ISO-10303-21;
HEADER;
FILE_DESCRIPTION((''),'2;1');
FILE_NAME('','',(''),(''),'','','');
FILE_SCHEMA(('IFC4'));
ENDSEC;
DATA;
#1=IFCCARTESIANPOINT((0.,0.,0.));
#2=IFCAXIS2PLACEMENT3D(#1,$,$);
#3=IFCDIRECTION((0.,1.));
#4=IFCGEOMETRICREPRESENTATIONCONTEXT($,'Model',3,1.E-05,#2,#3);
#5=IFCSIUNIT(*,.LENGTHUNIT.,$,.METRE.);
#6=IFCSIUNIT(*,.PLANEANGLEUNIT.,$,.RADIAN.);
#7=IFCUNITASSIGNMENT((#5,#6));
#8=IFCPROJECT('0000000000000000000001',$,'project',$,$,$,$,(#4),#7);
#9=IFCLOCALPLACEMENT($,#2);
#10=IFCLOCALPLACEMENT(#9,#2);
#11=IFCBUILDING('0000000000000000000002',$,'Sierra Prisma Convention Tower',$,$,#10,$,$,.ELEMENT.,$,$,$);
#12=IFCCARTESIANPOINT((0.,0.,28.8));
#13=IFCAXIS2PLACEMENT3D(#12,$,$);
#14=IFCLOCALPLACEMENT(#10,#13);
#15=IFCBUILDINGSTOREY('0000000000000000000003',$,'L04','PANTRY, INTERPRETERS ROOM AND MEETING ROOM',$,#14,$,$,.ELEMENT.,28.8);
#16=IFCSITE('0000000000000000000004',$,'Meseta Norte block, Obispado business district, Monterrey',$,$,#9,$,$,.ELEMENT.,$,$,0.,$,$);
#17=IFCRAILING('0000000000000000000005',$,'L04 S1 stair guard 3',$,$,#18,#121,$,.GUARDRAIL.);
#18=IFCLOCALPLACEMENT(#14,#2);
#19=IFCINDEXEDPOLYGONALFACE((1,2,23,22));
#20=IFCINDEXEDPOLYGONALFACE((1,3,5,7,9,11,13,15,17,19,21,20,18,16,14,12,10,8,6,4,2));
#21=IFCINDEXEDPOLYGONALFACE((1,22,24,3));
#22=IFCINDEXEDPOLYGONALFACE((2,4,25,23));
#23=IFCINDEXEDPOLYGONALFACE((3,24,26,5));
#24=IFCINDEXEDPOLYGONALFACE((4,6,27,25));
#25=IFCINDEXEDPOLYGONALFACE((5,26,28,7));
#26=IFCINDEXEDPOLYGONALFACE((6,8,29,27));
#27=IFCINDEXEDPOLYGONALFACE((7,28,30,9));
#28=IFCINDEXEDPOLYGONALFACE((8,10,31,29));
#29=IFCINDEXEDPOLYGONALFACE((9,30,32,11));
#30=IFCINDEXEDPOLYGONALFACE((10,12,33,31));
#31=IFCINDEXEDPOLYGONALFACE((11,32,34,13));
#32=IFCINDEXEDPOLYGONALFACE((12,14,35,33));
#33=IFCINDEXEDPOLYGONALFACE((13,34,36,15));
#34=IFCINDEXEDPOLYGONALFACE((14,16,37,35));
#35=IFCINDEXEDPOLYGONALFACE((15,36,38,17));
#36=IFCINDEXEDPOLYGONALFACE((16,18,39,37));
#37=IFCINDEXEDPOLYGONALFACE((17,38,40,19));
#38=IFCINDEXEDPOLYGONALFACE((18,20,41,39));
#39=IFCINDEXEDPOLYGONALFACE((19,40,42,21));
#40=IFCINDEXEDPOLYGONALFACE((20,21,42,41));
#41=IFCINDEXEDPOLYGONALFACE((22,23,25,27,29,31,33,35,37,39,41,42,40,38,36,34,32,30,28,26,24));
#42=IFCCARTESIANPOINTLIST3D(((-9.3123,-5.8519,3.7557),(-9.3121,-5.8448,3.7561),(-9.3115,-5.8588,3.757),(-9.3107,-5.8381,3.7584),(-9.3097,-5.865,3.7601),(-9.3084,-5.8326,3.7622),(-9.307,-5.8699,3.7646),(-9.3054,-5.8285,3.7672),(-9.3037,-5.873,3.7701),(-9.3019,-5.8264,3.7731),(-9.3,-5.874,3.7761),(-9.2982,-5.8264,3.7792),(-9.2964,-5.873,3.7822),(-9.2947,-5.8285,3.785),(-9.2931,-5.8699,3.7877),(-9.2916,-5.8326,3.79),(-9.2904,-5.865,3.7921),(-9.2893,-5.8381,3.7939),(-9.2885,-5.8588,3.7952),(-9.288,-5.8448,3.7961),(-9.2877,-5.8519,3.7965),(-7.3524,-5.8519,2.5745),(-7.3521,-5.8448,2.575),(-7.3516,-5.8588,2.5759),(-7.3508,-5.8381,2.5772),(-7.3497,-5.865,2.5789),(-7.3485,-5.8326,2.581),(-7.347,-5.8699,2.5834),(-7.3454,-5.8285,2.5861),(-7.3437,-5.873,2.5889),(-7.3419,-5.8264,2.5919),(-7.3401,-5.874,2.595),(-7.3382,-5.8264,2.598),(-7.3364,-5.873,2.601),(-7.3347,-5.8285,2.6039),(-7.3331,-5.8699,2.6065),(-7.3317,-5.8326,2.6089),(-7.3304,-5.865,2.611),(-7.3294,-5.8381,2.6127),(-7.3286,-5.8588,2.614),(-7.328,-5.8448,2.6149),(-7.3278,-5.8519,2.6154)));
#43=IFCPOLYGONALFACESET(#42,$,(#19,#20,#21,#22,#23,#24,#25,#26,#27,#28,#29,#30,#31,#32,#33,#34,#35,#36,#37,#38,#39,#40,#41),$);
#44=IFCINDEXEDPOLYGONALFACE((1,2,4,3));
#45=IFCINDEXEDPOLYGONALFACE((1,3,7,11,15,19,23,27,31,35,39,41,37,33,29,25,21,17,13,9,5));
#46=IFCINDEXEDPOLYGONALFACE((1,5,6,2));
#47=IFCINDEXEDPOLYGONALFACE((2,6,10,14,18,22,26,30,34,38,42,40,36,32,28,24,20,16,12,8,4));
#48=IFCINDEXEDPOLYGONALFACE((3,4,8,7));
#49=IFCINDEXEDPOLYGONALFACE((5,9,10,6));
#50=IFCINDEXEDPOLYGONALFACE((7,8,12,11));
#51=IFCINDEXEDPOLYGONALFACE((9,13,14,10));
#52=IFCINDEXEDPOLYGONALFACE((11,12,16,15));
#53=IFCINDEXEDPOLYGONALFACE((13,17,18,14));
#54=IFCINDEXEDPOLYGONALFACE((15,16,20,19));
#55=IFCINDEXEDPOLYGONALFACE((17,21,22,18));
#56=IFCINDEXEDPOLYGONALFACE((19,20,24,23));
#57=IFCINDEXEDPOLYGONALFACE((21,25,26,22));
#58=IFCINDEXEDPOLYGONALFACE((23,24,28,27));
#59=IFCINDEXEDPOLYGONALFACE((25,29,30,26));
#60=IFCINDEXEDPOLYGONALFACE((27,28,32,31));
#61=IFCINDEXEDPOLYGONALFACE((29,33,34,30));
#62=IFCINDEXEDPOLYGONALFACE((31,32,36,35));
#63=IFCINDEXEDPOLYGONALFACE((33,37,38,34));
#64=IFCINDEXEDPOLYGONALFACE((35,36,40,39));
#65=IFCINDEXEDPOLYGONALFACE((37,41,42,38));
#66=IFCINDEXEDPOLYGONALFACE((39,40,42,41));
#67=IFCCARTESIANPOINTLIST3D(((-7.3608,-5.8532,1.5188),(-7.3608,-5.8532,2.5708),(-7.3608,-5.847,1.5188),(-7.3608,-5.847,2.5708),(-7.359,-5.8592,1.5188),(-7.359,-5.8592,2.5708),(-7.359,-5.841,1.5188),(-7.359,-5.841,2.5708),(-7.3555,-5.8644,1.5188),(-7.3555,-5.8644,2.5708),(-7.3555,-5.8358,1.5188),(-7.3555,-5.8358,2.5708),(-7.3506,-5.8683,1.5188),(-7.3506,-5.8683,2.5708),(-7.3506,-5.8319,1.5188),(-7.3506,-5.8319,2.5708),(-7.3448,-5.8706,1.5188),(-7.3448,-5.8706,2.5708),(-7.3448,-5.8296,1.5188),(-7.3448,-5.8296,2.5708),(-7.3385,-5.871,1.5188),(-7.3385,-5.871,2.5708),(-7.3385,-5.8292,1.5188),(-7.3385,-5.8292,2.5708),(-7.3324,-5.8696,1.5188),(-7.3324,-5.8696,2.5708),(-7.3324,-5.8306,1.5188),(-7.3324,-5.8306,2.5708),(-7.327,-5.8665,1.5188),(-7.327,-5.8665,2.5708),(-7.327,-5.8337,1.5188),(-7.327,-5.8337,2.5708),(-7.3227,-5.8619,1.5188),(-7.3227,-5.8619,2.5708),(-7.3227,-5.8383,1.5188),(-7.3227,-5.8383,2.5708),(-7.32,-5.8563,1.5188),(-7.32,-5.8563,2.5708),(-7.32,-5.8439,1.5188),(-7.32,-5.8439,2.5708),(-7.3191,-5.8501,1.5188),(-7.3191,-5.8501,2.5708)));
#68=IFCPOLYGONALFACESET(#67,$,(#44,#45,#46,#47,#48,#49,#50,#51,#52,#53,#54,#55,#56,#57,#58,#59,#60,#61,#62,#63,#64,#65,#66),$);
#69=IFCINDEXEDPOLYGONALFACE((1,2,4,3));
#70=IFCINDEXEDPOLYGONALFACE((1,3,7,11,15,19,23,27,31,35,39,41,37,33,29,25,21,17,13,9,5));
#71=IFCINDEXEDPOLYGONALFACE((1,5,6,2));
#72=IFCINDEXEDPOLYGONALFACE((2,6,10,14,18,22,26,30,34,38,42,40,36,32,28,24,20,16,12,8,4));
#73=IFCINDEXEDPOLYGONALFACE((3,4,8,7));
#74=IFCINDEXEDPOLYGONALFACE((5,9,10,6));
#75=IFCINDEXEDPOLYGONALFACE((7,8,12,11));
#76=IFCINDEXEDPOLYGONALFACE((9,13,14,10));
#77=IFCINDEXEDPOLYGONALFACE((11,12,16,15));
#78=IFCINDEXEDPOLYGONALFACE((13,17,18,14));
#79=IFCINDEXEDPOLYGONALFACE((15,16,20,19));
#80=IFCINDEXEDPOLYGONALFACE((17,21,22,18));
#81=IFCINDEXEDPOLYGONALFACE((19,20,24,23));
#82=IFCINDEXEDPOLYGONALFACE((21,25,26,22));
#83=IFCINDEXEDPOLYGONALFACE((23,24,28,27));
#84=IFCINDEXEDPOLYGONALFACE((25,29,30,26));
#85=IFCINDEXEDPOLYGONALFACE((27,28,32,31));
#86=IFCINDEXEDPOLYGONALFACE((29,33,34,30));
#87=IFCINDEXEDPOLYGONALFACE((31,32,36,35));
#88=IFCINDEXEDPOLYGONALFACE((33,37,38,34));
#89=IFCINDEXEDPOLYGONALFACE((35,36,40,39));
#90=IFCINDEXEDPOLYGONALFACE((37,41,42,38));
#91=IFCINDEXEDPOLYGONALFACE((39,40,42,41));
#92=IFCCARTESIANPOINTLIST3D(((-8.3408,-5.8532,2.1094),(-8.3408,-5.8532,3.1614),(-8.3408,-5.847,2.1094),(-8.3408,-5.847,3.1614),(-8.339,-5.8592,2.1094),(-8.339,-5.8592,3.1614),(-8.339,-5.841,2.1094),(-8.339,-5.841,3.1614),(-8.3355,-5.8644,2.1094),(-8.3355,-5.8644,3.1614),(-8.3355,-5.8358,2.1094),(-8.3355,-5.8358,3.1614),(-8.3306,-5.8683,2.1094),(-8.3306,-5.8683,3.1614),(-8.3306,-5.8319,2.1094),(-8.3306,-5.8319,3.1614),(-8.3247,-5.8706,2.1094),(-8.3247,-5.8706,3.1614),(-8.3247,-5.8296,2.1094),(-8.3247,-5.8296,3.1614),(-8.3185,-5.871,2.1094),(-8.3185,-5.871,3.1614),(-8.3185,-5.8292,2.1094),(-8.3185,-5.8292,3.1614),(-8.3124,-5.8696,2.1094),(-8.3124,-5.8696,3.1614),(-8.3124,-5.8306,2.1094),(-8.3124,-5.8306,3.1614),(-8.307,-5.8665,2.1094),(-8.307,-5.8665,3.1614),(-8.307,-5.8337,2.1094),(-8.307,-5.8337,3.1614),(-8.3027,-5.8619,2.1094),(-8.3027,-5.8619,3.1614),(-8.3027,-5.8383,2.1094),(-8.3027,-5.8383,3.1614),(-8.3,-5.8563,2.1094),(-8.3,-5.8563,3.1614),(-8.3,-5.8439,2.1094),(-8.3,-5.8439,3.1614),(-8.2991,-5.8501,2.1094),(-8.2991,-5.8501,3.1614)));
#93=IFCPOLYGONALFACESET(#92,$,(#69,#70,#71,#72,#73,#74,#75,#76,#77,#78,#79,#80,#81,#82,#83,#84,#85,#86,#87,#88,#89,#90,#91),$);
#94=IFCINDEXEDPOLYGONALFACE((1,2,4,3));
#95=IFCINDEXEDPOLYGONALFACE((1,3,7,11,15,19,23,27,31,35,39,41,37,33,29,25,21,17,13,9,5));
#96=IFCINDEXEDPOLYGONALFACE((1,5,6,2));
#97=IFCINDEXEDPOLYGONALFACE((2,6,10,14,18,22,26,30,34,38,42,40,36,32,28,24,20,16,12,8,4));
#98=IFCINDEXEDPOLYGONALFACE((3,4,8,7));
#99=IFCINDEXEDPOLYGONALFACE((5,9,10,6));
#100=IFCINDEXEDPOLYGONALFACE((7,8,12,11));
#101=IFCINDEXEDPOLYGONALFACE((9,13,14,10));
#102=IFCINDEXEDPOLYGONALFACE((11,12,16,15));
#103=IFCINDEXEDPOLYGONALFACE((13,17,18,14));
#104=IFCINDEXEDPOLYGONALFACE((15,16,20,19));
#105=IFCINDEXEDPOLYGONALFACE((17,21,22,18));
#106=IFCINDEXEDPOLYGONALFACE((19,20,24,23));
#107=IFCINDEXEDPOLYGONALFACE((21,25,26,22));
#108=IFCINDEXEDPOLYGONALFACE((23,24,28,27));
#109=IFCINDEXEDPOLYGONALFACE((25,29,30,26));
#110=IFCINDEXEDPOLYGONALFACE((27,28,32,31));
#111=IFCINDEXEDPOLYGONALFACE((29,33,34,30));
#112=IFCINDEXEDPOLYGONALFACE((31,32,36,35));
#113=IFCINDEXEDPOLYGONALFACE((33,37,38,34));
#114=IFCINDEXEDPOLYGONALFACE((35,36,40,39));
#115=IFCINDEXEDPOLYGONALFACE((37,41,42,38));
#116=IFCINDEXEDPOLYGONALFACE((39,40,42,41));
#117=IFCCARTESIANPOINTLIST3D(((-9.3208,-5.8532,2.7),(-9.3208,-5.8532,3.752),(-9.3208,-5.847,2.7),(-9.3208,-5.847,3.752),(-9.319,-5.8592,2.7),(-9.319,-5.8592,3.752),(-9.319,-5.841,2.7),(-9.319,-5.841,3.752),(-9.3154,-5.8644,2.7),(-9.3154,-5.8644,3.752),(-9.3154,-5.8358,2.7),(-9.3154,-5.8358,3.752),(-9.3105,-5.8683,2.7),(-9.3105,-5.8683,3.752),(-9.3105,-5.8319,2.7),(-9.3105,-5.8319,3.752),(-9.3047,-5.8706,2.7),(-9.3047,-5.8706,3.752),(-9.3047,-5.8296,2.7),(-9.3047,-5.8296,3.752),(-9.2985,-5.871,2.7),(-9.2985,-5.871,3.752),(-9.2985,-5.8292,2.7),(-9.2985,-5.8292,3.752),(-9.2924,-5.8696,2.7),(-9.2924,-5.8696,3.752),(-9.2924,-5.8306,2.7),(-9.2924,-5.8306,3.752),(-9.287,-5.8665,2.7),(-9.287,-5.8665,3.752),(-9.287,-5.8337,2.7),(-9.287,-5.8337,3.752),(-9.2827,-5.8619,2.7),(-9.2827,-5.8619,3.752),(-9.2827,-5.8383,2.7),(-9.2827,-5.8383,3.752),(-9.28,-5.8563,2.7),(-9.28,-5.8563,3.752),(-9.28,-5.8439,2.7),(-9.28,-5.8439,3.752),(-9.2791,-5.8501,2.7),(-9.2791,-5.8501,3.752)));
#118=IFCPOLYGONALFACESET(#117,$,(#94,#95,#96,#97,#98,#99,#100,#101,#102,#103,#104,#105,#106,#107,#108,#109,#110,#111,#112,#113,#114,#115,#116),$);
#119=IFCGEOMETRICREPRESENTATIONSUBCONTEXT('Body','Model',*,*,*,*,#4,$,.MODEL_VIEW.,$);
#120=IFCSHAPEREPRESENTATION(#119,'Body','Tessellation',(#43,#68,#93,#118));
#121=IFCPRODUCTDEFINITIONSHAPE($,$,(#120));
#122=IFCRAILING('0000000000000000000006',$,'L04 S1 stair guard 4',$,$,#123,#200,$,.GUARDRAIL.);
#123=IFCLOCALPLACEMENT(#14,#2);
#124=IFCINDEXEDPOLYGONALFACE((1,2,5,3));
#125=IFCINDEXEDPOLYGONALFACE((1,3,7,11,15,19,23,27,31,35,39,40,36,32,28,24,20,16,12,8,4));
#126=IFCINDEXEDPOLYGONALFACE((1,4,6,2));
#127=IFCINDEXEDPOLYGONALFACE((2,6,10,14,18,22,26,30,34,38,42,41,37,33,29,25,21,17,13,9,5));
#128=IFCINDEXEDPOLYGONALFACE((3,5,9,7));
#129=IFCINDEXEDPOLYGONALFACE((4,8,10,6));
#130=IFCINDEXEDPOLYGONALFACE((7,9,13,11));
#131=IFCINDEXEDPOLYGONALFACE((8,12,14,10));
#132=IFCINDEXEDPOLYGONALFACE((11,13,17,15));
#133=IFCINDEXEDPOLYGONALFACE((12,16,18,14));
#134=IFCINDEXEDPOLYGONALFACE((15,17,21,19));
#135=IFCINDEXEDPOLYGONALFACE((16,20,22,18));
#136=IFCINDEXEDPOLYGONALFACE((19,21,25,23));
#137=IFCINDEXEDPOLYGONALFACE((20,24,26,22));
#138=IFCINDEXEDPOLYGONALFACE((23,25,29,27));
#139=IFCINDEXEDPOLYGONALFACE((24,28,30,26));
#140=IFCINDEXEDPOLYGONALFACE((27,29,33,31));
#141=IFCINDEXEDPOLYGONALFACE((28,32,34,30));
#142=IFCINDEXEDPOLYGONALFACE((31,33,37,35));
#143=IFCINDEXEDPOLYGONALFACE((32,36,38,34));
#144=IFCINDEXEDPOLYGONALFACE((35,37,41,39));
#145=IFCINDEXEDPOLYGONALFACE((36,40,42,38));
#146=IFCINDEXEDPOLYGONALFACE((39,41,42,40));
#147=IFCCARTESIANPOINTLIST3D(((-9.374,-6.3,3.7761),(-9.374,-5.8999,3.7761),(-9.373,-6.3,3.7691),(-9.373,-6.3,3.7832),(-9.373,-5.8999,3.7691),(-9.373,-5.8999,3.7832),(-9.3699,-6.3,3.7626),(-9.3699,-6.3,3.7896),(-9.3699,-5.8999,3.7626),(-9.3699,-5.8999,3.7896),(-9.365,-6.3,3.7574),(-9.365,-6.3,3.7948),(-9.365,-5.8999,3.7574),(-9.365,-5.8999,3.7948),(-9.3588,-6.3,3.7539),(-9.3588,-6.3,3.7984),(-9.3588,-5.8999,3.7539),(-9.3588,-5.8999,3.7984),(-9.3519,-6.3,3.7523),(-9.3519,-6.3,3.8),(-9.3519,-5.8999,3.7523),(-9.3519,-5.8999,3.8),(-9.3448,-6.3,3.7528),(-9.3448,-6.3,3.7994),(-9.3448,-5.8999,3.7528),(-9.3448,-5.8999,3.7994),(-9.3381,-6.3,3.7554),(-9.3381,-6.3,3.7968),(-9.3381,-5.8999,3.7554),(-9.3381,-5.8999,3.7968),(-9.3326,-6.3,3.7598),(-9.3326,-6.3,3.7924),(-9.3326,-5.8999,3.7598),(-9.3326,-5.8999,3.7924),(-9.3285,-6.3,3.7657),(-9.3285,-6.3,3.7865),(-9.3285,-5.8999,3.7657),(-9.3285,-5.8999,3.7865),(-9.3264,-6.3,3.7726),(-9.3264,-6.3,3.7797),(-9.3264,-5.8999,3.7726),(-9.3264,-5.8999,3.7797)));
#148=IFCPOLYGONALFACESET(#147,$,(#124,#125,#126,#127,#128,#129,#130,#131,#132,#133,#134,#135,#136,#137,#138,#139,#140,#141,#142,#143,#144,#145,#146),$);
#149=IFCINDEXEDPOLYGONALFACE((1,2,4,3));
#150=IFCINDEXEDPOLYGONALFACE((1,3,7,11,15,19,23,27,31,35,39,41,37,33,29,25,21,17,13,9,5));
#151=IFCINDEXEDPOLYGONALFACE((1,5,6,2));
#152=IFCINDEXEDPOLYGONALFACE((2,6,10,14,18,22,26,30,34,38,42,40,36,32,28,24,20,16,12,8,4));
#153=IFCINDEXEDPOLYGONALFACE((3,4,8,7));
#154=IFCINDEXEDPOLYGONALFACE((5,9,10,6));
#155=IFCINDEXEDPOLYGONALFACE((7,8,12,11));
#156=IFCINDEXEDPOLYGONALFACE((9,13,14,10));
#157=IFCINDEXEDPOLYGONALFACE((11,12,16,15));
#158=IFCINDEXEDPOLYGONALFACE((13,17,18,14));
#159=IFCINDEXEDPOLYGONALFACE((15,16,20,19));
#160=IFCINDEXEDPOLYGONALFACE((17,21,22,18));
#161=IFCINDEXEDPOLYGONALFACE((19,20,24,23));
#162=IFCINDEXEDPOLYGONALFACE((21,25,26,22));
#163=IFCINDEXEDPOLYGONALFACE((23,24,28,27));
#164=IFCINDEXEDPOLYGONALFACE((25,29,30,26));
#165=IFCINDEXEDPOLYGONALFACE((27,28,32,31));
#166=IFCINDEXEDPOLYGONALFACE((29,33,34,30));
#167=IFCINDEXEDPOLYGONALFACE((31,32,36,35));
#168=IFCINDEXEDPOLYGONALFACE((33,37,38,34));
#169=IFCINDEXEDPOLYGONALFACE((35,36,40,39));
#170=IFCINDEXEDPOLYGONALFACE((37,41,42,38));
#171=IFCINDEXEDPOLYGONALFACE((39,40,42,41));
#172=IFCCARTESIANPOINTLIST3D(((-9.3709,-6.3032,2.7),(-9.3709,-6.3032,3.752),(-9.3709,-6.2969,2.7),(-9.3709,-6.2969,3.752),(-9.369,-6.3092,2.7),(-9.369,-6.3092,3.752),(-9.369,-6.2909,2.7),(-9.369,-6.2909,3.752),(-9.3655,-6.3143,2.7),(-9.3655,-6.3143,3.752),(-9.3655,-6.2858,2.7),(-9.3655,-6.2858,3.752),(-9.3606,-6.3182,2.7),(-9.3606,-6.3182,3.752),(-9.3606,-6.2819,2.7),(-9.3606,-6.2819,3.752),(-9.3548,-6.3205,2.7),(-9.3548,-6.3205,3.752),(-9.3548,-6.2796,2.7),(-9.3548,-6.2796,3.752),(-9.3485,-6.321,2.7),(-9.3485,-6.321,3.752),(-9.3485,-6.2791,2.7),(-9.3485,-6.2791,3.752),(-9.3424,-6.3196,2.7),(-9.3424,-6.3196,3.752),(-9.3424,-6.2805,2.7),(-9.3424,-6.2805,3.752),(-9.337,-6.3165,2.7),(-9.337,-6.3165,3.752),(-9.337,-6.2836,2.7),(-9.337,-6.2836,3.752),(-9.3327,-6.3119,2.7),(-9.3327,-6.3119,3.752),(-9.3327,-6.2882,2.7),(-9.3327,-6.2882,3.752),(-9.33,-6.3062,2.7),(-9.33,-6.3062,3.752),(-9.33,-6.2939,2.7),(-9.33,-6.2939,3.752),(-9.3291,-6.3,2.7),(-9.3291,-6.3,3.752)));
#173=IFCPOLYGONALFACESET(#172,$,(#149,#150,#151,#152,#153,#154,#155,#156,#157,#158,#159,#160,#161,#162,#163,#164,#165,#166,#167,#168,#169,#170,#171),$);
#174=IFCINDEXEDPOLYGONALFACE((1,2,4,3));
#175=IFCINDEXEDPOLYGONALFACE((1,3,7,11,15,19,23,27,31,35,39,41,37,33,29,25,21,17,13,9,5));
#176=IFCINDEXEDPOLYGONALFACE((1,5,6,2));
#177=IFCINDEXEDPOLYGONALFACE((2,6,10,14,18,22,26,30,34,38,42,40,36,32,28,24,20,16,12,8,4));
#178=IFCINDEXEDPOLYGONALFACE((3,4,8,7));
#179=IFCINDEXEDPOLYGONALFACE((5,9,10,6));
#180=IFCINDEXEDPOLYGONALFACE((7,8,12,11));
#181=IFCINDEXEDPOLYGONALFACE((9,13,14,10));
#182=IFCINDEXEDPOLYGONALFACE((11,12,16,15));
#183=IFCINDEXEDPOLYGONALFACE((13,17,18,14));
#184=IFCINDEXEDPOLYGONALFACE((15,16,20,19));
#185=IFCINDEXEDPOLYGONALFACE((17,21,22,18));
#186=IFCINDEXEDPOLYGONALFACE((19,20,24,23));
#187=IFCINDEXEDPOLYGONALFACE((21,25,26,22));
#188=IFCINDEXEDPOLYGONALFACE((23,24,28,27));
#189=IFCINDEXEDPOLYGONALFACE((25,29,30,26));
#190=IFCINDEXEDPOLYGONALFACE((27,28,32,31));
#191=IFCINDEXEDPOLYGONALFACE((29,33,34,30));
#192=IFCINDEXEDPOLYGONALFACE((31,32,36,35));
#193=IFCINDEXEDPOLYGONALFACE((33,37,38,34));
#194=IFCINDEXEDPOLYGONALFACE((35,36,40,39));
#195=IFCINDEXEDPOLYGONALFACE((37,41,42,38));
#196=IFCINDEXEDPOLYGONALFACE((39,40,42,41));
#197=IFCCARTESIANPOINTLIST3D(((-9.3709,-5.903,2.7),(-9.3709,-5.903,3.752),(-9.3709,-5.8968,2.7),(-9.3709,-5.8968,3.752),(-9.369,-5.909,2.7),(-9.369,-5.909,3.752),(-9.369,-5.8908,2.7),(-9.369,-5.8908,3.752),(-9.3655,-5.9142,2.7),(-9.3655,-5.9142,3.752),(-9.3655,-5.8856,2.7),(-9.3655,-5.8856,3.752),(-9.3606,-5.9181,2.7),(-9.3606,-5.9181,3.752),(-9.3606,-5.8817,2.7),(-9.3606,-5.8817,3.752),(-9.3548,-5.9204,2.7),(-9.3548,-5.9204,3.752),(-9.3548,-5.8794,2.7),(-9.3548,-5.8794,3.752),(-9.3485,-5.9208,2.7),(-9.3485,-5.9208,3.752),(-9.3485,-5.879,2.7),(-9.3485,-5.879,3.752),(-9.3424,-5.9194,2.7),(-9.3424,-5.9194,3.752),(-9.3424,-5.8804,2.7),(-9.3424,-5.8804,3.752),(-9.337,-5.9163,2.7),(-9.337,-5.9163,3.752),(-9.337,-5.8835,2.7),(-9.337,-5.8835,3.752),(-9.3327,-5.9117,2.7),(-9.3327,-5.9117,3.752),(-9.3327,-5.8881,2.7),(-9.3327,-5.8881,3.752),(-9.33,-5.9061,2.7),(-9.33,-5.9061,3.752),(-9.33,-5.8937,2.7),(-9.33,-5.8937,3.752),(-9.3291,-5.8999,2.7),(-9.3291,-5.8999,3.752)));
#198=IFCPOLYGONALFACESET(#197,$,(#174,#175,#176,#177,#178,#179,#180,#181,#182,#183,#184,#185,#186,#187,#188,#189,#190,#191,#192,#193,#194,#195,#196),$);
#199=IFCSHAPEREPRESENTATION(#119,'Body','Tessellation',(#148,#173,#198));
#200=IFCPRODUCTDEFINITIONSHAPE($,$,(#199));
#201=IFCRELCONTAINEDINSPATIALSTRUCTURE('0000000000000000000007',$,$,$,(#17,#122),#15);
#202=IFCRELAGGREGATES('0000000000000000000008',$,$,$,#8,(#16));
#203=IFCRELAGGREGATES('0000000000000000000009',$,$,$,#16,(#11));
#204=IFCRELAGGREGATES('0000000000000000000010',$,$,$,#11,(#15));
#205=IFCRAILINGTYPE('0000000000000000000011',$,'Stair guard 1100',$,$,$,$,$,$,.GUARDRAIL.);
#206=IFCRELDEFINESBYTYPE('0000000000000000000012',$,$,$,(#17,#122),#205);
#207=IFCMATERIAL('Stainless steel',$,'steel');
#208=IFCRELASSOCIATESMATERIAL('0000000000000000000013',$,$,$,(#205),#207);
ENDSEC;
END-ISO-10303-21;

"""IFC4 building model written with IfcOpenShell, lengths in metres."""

from ifc_helpers import new_model, si_unit, direction, frame, origin, origin_2d, place, context, subcontext, project, spatial, circle, extrude, material, type_object, element, save


model = new_model("IFC4")

# Units and contexts
model_context = context("Model", 3, precision=1e-05, world=origin(), true_north=direction((0.0, 1.0)))
body_context = subcontext(model_context, "Body", "Model", "MODEL_VIEW")
ifc_project = project(units=[si_unit("LENGTHUNIT", "METRE"), si_unit("PLANEANGLEUNIT", "RADIAN")], contexts=[model_context])

# Site, building, storey
site_placement = place(None, origin())
site = spatial("IfcSite", under=ifc_project, at=site_placement, Name="Meseta Norte block, Obispado business district, Monterrey", CompositionType="ELEMENT", RefElevation=0.0)
building_placement = place(site_placement, origin())
building = spatial("IfcBuilding", under=site, at=building_placement, Name="Sierra Prisma Convention Tower", CompositionType="ELEMENT")
storey_placement = place(building_placement, frame((0.0, 0.0, 28.8)))
storey = spatial("IfcBuildingStorey", under=building, at=storey_placement, Name="L04", Description="PANTRY, INTERPRETERS ROOM AND MEETING ROOM", CompositionType="ELEMENT", Elevation=28.8)

# Railings
ifc_material_1 = material(Name="Stainless steel", Category="steel")
railing_type_1 = type_object("IfcRailingType", Name="Stair guard 1100", PredefinedType="GUARDRAIL", material=ifc_material_1)
railing_1_placement = place(storey_placement, frame((-7.3401, -5.8501, 1.5188)))
element("IfcRailing", 1, at=railing_1_placement, inside=storey, type_object=railing_type_1, Name="L04 S1 stair guard 3", PredefinedType="GUARDRAIL", context=body_context, shape_type="SweptSolid", body=[
    extrude(circle(Radius=0.0239, at=origin_2d()), frame((0.0, 0.0, 1.0762), z_axis=(-0.856493, 0.0, 0.516158), x_axis=(0.0, -1.0, 0.0)), (0.0, 0.0, 1.0), 2.2883),
    extrude(circle(Radius=0.021, at=origin_2d()), origin(), (0.0, 0.0, 1.0), 1.052),
    extrude(circle(Radius=0.021, at=origin_2d()), frame((-0.98, 0.0, 0.5906)), (0.0, 0.0, 1.0), 1.052),
    extrude(circle(Radius=0.021, at=origin_2d()), frame((-1.96, 0.0, 1.1812)), (0.0, 0.0, 1.0), 1.052),
])
railing_2_placement = place(storey_placement, frame((-9.3501, -6.3, 2.7)))
element("IfcRailing", 2, at=railing_2_placement, inside=storey, type_object=railing_type_1, Name="L04 S1 stair guard 4", PredefinedType="GUARDRAIL", context=body_context, shape_type="SweptSolid", body=[
    extrude(circle(Radius=0.0239, at=origin_2d()), frame((0.0, 0.0, 1.0762), z_axis=(0.0, 1.0, 0.0), x_axis=(-1.0, 0.0, 0.0)), (0.0, 0.0, 1.0), 0.4001),
    extrude(circle(Radius=0.021, at=origin_2d()), origin(), (0.0, 0.0, 1.0), 1.052),
    extrude(circle(Radius=0.021, at=origin_2d()), frame((0.0, 0.4001, 0.0)), (0.0, 0.0, 1.0), 1.052),
])

save(model, "model.ifc")
